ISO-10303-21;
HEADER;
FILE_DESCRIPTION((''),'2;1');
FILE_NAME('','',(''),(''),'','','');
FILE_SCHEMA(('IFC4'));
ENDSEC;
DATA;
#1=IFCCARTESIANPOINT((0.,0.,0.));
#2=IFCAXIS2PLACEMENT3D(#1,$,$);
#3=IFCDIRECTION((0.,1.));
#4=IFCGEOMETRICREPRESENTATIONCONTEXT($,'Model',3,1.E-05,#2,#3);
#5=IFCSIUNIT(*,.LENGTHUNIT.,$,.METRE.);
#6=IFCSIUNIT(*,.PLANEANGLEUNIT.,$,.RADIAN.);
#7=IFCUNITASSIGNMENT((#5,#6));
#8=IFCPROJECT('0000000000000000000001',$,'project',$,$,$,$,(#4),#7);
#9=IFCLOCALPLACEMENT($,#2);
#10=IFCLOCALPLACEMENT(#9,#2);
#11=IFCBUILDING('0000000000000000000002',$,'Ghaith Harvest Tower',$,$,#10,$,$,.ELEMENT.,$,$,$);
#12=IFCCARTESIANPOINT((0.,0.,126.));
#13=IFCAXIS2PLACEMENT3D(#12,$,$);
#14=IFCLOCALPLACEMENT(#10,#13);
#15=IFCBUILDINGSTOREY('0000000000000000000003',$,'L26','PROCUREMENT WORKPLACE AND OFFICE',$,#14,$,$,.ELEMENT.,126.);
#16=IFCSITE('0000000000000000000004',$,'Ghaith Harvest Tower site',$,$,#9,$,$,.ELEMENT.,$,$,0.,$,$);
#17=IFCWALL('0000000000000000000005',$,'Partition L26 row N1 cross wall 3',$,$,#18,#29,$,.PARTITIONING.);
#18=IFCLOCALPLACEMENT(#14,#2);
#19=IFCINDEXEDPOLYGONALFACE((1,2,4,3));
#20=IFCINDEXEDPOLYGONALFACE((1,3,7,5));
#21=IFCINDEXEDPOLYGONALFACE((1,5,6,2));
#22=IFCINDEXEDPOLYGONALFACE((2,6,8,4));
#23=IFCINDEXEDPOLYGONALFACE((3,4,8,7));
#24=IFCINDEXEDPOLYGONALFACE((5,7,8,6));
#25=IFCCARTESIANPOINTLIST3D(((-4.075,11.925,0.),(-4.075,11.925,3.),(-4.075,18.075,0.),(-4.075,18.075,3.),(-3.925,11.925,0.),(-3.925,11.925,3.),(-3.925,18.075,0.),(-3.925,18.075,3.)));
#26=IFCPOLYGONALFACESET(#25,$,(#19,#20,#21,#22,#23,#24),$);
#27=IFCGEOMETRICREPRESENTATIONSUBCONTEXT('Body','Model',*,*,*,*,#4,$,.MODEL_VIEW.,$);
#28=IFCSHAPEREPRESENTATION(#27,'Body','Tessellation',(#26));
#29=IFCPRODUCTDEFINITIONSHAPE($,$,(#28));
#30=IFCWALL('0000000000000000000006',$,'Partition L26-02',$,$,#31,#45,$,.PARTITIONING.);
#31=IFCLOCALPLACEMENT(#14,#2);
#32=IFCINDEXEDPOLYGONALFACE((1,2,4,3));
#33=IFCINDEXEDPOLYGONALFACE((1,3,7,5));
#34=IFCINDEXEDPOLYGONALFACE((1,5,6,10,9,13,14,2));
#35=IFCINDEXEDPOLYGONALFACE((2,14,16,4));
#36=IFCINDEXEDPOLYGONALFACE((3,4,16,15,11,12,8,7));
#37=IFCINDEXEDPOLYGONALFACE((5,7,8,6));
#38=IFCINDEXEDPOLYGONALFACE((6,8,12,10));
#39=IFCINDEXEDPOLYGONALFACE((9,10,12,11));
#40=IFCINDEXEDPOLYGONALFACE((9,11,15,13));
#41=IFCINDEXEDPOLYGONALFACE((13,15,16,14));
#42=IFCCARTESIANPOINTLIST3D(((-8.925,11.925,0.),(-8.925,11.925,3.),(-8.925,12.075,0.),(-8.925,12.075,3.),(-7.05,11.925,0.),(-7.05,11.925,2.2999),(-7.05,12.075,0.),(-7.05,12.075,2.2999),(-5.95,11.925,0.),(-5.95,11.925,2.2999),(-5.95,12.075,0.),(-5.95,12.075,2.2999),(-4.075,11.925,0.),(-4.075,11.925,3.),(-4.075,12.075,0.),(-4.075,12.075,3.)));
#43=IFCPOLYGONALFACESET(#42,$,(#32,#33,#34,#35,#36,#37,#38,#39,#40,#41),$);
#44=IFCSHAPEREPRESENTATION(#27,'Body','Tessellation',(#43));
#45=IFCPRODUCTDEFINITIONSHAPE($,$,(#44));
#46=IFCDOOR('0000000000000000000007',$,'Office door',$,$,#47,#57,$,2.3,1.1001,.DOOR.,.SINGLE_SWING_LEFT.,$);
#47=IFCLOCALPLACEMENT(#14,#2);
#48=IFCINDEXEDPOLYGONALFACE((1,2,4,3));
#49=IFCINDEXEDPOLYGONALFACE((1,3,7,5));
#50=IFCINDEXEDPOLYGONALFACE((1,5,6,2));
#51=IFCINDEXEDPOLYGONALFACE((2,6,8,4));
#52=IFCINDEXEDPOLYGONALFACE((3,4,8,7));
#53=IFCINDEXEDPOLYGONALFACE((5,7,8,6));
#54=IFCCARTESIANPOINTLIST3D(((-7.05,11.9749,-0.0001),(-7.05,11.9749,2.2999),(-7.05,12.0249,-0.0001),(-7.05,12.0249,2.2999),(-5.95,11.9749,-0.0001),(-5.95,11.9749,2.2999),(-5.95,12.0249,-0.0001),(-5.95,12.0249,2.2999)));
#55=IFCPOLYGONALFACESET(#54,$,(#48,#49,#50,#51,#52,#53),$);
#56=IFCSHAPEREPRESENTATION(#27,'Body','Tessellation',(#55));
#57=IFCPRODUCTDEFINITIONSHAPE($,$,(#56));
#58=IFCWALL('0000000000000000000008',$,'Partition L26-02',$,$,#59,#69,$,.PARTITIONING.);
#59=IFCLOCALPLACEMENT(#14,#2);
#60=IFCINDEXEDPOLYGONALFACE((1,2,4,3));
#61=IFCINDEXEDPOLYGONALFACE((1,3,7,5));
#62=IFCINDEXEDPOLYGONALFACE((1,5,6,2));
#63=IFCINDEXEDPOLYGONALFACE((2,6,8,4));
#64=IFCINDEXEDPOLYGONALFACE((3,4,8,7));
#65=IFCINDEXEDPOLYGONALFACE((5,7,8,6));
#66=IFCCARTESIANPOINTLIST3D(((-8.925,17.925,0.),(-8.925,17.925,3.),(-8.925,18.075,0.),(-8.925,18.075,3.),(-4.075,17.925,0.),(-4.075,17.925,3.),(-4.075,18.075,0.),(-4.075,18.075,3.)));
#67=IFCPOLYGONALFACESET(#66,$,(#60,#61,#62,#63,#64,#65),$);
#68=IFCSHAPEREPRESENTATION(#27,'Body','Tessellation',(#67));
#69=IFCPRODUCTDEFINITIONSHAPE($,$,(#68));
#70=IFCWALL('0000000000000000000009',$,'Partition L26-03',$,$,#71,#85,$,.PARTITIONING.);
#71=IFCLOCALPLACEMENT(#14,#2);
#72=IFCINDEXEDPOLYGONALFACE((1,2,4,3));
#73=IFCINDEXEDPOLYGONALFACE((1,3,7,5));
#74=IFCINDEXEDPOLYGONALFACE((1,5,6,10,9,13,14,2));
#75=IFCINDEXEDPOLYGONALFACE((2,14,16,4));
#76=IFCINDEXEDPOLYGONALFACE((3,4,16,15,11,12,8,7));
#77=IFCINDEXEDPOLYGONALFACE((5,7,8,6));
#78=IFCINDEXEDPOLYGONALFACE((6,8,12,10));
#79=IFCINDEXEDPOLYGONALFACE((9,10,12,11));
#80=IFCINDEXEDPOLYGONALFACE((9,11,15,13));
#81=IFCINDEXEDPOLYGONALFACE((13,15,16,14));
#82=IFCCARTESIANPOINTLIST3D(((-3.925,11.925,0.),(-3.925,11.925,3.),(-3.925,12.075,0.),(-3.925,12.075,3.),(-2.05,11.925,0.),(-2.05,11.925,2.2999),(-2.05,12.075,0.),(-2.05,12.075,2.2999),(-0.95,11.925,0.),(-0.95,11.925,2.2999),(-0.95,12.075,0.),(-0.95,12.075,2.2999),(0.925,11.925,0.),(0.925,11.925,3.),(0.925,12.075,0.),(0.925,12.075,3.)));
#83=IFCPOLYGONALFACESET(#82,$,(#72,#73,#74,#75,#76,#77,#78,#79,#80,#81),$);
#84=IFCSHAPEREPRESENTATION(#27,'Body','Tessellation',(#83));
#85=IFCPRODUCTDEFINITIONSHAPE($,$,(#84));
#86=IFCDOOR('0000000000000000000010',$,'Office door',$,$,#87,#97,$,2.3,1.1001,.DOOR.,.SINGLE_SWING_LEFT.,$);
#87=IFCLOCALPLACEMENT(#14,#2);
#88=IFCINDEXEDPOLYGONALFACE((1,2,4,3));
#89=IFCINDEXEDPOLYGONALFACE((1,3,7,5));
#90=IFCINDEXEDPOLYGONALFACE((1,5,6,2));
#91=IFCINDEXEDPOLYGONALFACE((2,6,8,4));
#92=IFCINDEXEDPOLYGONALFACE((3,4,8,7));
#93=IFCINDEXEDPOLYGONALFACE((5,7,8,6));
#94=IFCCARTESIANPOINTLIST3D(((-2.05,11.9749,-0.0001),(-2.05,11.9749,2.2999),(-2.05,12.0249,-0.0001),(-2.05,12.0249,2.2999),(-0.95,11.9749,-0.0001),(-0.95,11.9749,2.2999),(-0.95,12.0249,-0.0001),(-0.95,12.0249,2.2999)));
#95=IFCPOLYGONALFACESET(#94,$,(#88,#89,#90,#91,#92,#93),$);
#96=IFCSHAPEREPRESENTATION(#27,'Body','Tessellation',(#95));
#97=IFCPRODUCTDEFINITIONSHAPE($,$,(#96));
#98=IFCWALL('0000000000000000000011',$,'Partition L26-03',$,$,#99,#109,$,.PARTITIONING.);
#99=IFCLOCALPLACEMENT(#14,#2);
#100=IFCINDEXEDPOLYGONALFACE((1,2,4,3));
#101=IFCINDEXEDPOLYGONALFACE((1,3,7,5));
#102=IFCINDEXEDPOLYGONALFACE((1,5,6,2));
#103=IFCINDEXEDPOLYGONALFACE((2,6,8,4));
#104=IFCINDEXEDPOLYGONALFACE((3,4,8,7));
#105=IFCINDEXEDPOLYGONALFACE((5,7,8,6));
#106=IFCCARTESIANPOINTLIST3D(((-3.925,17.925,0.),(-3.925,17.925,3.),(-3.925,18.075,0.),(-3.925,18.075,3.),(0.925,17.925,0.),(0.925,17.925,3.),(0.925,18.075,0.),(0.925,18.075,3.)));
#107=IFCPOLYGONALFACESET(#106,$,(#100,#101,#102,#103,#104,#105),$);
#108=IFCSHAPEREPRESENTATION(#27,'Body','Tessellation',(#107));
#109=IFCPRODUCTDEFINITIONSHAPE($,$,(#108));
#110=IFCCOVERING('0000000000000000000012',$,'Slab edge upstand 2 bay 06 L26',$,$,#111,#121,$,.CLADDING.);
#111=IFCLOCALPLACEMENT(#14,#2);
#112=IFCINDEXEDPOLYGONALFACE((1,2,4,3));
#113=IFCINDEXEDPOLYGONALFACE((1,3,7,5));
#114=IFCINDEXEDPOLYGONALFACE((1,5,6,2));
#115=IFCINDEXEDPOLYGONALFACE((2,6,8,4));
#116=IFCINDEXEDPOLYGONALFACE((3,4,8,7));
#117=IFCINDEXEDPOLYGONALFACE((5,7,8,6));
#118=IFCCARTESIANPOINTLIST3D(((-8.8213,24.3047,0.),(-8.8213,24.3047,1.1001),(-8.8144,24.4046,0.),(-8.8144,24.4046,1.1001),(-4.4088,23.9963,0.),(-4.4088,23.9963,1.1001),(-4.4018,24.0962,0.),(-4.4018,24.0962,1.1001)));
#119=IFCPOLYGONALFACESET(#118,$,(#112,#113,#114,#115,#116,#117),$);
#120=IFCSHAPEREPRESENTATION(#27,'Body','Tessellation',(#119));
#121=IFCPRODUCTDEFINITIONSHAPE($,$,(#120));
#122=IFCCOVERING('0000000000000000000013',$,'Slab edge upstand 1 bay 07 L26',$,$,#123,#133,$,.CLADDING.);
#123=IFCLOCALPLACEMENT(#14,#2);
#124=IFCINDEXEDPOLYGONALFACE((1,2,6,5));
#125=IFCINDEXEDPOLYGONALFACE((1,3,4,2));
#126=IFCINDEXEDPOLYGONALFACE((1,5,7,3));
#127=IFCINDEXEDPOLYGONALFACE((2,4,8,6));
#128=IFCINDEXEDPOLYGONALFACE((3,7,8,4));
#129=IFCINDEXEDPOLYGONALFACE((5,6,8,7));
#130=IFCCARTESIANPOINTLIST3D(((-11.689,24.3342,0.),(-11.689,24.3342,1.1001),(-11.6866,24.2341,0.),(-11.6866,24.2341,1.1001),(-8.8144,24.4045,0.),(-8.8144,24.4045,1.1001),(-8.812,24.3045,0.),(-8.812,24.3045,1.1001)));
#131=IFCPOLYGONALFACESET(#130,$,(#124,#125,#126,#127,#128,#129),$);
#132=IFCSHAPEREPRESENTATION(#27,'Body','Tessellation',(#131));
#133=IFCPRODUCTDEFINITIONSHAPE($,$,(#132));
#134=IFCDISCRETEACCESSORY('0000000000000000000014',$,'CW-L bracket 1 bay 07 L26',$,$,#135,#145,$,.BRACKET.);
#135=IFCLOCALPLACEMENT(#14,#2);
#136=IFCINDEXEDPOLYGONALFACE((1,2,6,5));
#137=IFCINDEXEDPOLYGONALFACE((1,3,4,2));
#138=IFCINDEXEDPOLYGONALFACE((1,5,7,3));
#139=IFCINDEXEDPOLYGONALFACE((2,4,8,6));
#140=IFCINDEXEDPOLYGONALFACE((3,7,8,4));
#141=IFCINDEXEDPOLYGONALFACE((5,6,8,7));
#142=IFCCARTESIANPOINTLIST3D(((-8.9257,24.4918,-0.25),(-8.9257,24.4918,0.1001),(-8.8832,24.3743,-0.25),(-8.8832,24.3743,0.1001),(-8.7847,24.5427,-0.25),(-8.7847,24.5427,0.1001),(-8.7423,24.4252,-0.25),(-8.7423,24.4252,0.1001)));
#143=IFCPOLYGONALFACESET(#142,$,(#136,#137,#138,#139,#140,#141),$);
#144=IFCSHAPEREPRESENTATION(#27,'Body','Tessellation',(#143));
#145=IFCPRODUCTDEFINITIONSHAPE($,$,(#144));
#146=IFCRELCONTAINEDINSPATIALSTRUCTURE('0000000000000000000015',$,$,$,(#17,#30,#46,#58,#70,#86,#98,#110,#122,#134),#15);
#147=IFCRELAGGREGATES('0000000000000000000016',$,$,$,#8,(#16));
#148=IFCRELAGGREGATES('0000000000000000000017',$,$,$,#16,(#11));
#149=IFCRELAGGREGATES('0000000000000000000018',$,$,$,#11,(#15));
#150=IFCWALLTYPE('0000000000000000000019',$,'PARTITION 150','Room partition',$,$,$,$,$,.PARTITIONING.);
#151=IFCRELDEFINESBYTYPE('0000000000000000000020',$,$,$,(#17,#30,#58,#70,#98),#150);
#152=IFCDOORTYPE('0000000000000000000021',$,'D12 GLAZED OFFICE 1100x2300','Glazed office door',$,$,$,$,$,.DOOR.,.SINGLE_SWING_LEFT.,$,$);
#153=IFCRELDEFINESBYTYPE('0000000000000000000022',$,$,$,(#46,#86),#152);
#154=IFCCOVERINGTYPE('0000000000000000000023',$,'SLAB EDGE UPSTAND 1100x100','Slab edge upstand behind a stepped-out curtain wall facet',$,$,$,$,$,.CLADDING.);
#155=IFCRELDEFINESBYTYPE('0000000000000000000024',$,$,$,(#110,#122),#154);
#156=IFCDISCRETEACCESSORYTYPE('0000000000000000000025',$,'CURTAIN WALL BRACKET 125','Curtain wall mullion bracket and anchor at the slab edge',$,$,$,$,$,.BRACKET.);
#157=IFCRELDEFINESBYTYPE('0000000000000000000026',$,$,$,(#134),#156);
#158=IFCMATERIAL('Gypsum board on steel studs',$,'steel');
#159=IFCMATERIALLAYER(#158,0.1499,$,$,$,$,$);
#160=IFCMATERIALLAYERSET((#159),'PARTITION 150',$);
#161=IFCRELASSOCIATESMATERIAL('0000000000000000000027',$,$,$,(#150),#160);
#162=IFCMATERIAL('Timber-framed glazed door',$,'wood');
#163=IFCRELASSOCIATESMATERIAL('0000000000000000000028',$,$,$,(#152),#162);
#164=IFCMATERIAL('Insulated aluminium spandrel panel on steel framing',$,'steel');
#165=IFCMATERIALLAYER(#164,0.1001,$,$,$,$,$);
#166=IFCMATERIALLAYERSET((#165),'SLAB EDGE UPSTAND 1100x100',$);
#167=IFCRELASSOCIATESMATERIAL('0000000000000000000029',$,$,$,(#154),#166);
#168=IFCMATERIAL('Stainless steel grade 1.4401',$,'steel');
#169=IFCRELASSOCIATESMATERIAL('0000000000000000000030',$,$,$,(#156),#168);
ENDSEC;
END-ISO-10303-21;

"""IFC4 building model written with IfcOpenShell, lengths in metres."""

from ifc_helpers import new_model, si_unit, direction, frame, frame_2d, origin, origin_2d, place, context, subcontext, project, spatial, rectangle, extrude, material, layer, layer_set, type_object, element, fill, save


model = new_model("IFC4")

# Units and contexts
model_context = context("Model", 3, precision=1e-05, world=origin(), true_north=direction((0.0, 1.0)))
body_context = subcontext(model_context, "Body", "Model", "MODEL_VIEW")
ifc_project = project(units=[si_unit("LENGTHUNIT", "METRE"), si_unit("PLANEANGLEUNIT", "RADIAN")], contexts=[model_context])

# Site, building, storey
site_placement = place(None, origin())
site = spatial("IfcSite", under=ifc_project, at=site_placement, Name="Ghaith Harvest Tower site", CompositionType="ELEMENT", RefElevation=0.0)
building_placement = place(site_placement, origin())
building = spatial("IfcBuilding", under=site, at=building_placement, Name="Ghaith Harvest Tower", CompositionType="ELEMENT")
storey_placement = place(building_placement, frame((0.0, 0.0, 126.0)))
storey = spatial("IfcBuildingStorey", under=building, at=storey_placement, Name="L26", Description="PROCUREMENT WORKPLACE AND OFFICE", CompositionType="ELEMENT", Elevation=126.0)

# Wall
ifc_material_1 = material(Name="Gypsum board on steel studs", Category="steel")
ifc_layer_1 = layer(ifc_material_1, 0.1499)
ifc_layer_set_1 = layer_set([ifc_layer_1], Name="PARTITION 150")
wall_type = type_object("IfcWallType", Name="PARTITION 150", Description="Room partition", PredefinedType="PARTITIONING", material=ifc_layer_set_1)
for number, where, z_axis, x_axis, name in (
    (1, (-4.0, 11.925, 0.0), (0.0, 0.0, 1.0), (0.0, 1.0, 0.0), "Partition L26 row N1 cross wall 3"),
):
    element("IfcWall", number, at=place(storey_placement, frame(where, z_axis=z_axis, x_axis=x_axis)), inside=storey, type_object=wall_type, Name=name, PredefinedType="PARTITIONING", context=body_context, shape_type="SweptSolid", body=[
        extrude(rectangle(XDim=6.1499, YDim=0.1499, at=frame_2d((3.075, 0.0))), origin(), (0.0, 0.0, 1.0), 3.0),
    ])

# Wall, opening, door
wall_1_placement = place(storey_placement, frame((-8.925, 12.0, 0.0), z_axis=(0.0, 0.0, 1.0), x_axis=(1.0, 0.0, 0.0)))
wall_1 = element("IfcWall", 2, at=wall_1_placement, inside=storey, type_object=wall_type, Name="Partition L26-02", PredefinedType="PARTITIONING", context=body_context, shape_type="SweptSolid", body=[
    extrude(rectangle(XDim=4.8501, YDim=0.1499, at=frame_2d((2.425, 0.0))), origin(), (0.0, 0.0, 1.0), 3.0),
])
opening_1_placement = place(wall_1_placement, frame((1.875, 0.0, 0.0)))
opening_1 = element("IfcOpeningElement", 3, at=opening_1_placement, cuts=wall_1, PredefinedType="OPENING", context=body_context, shape_type="SweptSolid", body=[
    extrude(rectangle(XDim=1.1001, YDim=2.3, at=frame_2d((0.55, 1.1499))), frame((0.0, 0.085, 0.0), z_axis=(0.0, -1.0, 0.0), x_axis=(1.0, 0.0, 0.0)), (0.0, 0.0, 1.0), 0.1699),
])
ifc_material_2 = material(Name="Timber-framed glazed door", Category="wood")
door_type = type_object("IfcDoorType", Name="D12 GLAZED OFFICE 1100x2300", Description="Glazed office door", OperationType="SINGLE_SWING_LEFT", PredefinedType="DOOR", material=ifc_material_2)
door_1_placement = place(opening_1_placement, origin())
door_1 = element("IfcDoor", 4, at=door_1_placement, inside=storey, type_object=door_type, Name="Office door", OperationType="SINGLE_SWING_LEFT", OverallHeight=2.3, OverallWidth=1.1001, PredefinedType="DOOR", context=body_context, shape_type="SweptSolid", body=[
    extrude(rectangle(XDim=1.1001, YDim=2.3, at=frame_2d((0.55, 1.1499))), frame((0.0, 0.0249, 0.0), z_axis=(0.0, -1.0, 0.0), x_axis=(1.0, 0.0, 0.0)), (0.0, 0.0, 1.0), 0.05),
])
fill(opening_1, door_1)

# Wall
wall_2_placement = place(storey_placement, frame((-8.925, 18.0, 0.0), z_axis=(0.0, 0.0, 1.0), x_axis=(1.0, 0.0, 0.0)))
element("IfcWall", 5, at=wall_2_placement, inside=storey, type_object=wall_type, Name="Partition L26-02", PredefinedType="PARTITIONING", context=body_context, shape_type="SweptSolid", body=[
    extrude(rectangle(XDim=4.8501, YDim=0.1499, at=frame_2d((2.425, 0.0))), origin(), (0.0, 0.0, 1.0), 3.0),
])

# Wall, opening, door
wall_3_placement = place(storey_placement, frame((-3.925, 12.0, 0.0), z_axis=(0.0, 0.0, 1.0), x_axis=(1.0, 0.0, 0.0)))
wall_3 = element("IfcWall", 6, at=wall_3_placement, inside=storey, type_object=wall_type, Name="Partition L26-03", PredefinedType="PARTITIONING", context=body_context, shape_type="SweptSolid", body=[
    extrude(rectangle(XDim=4.8501, YDim=0.1499, at=frame_2d((2.425, 0.0))), origin(), (0.0, 0.0, 1.0), 3.0),
])
opening_2_placement = place(wall_3_placement, frame((1.875, 0.0, 0.0)))
opening_2 = element("IfcOpeningElement", 7, at=opening_2_placement, cuts=wall_3, PredefinedType="OPENING", context=body_context, shape_type="SweptSolid", body=[
    extrude(rectangle(XDim=1.1001, YDim=2.3, at=frame_2d((0.55, 1.1499))), frame((0.0, 0.085, 0.0), z_axis=(0.0, -1.0, 0.0), x_axis=(1.0, 0.0, 0.0)), (0.0, 0.0, 1.0), 0.1699),
])
door_2_placement = place(opening_2_placement, origin())
door_2 = element("IfcDoor", 8, at=door_2_placement, inside=storey, type_object=door_type, Name="Office door", OperationType="SINGLE_SWING_LEFT", OverallHeight=2.3, OverallWidth=1.1001, PredefinedType="DOOR", context=body_context, shape_type="SweptSolid", body=[
    extrude(rectangle(XDim=1.1001, YDim=2.3, at=frame_2d((0.55, 1.1499))), frame((0.0, 0.0249, 0.0), z_axis=(0.0, -1.0, 0.0), x_axis=(1.0, 0.0, 0.0)), (0.0, 0.0, 1.0), 0.05),
])
fill(opening_2, door_2)

# Wall
wall_4_placement = place(storey_placement, frame((-3.925, 18.0, 0.0), z_axis=(0.0, 0.0, 1.0), x_axis=(1.0, 0.0, 0.0)))
element("IfcWall", 9, at=wall_4_placement, inside=storey, type_object=wall_type, Name="Partition L26-03", PredefinedType="PARTITIONING", context=body_context, shape_type="SweptSolid", body=[
    extrude(rectangle(XDim=4.8501, YDim=0.1499, at=frame_2d((2.425, 0.0))), origin(), (0.0, 0.0, 1.0), 3.0),
])

# Coverings
ifc_material_3 = material(Name="Insulated aluminium spandrel panel on steel framing", Category="steel")
ifc_layer_2 = layer(ifc_material_3, 0.1001)
ifc_layer_set_2 = layer_set([ifc_layer_2], Name="SLAB EDGE UPSTAND 1100x100")
covering_type = type_object("IfcCoveringType", Name="SLAB EDGE UPSTAND 1100x100", Description="Slab edge upstand behind a stepped-out curtain wall facet", PredefinedType="CLADDING", material=ifc_layer_set_2)
covering_1_placement = place(storey_placement, frame((-6.6116, 24.2004, 0.0), z_axis=(0.0, 0.0, 1.0), x_axis=(-0.997566, 0.069726, 0.0)))
element("IfcCovering", 10, at=covering_1_placement, inside=storey, type_object=covering_type, Name="Slab edge upstand 2 bay 06 L26", PredefinedType="CLADDING", context=body_context, shape_type="SweptSolid", body=[
    extrude(rectangle(XDim=4.4233, YDim=0.1001, at=origin_2d()), origin(), (0.0, 0.0, 1.0), 1.1001),
])
covering_2_placement = place(storey_placement, frame((-10.2505, 24.3193, 0.0), z_axis=(0.0, 0.0, 1.0), x_axis=(-0.999701, -0.024458, 0.0)))
element("IfcCovering", 11, at=covering_2_placement, inside=storey, type_object=covering_type, Name="Slab edge upstand 1 bay 07 L26", PredefinedType="CLADDING", context=body_context, shape_type="SweptSolid", body=[
    extrude(rectangle(XDim=2.8755, YDim=0.1001, at=origin_2d()), origin(), (0.0, 0.0, 1.0), 1.1001),
])

# Discrete accessory
ifc_material_4 = material(Name="Stainless steel grade 1.4401", Category="steel")
discrete_accessory_type = type_object("IfcDiscreteAccessoryType", Name="CURTAIN WALL BRACKET 125", Description="Curtain wall mullion bracket and anchor at the slab edge", PredefinedType="BRACKET", material=ifc_material_4)
discrete_accessory_placement = place(storey_placement, frame((-8.834, 24.4585, -0.25), z_axis=(0.0, 0.0, 1.0), x_axis=(-0.339699, 0.940534, 0.0)))
element("IfcDiscreteAccessory", 12, at=discrete_accessory_placement, inside=storey, type_object=discrete_accessory_type, Name="CW-L bracket 1 bay 07 L26", PredefinedType="BRACKET", context=body_context, shape_type="SweptSolid", body=[
    extrude(rectangle(XDim=0.125, YDim=0.1499, at=origin_2d()), origin(), (0.0, 0.0, 1.0), 0.3501),
])

save(model, "model.ifc")
